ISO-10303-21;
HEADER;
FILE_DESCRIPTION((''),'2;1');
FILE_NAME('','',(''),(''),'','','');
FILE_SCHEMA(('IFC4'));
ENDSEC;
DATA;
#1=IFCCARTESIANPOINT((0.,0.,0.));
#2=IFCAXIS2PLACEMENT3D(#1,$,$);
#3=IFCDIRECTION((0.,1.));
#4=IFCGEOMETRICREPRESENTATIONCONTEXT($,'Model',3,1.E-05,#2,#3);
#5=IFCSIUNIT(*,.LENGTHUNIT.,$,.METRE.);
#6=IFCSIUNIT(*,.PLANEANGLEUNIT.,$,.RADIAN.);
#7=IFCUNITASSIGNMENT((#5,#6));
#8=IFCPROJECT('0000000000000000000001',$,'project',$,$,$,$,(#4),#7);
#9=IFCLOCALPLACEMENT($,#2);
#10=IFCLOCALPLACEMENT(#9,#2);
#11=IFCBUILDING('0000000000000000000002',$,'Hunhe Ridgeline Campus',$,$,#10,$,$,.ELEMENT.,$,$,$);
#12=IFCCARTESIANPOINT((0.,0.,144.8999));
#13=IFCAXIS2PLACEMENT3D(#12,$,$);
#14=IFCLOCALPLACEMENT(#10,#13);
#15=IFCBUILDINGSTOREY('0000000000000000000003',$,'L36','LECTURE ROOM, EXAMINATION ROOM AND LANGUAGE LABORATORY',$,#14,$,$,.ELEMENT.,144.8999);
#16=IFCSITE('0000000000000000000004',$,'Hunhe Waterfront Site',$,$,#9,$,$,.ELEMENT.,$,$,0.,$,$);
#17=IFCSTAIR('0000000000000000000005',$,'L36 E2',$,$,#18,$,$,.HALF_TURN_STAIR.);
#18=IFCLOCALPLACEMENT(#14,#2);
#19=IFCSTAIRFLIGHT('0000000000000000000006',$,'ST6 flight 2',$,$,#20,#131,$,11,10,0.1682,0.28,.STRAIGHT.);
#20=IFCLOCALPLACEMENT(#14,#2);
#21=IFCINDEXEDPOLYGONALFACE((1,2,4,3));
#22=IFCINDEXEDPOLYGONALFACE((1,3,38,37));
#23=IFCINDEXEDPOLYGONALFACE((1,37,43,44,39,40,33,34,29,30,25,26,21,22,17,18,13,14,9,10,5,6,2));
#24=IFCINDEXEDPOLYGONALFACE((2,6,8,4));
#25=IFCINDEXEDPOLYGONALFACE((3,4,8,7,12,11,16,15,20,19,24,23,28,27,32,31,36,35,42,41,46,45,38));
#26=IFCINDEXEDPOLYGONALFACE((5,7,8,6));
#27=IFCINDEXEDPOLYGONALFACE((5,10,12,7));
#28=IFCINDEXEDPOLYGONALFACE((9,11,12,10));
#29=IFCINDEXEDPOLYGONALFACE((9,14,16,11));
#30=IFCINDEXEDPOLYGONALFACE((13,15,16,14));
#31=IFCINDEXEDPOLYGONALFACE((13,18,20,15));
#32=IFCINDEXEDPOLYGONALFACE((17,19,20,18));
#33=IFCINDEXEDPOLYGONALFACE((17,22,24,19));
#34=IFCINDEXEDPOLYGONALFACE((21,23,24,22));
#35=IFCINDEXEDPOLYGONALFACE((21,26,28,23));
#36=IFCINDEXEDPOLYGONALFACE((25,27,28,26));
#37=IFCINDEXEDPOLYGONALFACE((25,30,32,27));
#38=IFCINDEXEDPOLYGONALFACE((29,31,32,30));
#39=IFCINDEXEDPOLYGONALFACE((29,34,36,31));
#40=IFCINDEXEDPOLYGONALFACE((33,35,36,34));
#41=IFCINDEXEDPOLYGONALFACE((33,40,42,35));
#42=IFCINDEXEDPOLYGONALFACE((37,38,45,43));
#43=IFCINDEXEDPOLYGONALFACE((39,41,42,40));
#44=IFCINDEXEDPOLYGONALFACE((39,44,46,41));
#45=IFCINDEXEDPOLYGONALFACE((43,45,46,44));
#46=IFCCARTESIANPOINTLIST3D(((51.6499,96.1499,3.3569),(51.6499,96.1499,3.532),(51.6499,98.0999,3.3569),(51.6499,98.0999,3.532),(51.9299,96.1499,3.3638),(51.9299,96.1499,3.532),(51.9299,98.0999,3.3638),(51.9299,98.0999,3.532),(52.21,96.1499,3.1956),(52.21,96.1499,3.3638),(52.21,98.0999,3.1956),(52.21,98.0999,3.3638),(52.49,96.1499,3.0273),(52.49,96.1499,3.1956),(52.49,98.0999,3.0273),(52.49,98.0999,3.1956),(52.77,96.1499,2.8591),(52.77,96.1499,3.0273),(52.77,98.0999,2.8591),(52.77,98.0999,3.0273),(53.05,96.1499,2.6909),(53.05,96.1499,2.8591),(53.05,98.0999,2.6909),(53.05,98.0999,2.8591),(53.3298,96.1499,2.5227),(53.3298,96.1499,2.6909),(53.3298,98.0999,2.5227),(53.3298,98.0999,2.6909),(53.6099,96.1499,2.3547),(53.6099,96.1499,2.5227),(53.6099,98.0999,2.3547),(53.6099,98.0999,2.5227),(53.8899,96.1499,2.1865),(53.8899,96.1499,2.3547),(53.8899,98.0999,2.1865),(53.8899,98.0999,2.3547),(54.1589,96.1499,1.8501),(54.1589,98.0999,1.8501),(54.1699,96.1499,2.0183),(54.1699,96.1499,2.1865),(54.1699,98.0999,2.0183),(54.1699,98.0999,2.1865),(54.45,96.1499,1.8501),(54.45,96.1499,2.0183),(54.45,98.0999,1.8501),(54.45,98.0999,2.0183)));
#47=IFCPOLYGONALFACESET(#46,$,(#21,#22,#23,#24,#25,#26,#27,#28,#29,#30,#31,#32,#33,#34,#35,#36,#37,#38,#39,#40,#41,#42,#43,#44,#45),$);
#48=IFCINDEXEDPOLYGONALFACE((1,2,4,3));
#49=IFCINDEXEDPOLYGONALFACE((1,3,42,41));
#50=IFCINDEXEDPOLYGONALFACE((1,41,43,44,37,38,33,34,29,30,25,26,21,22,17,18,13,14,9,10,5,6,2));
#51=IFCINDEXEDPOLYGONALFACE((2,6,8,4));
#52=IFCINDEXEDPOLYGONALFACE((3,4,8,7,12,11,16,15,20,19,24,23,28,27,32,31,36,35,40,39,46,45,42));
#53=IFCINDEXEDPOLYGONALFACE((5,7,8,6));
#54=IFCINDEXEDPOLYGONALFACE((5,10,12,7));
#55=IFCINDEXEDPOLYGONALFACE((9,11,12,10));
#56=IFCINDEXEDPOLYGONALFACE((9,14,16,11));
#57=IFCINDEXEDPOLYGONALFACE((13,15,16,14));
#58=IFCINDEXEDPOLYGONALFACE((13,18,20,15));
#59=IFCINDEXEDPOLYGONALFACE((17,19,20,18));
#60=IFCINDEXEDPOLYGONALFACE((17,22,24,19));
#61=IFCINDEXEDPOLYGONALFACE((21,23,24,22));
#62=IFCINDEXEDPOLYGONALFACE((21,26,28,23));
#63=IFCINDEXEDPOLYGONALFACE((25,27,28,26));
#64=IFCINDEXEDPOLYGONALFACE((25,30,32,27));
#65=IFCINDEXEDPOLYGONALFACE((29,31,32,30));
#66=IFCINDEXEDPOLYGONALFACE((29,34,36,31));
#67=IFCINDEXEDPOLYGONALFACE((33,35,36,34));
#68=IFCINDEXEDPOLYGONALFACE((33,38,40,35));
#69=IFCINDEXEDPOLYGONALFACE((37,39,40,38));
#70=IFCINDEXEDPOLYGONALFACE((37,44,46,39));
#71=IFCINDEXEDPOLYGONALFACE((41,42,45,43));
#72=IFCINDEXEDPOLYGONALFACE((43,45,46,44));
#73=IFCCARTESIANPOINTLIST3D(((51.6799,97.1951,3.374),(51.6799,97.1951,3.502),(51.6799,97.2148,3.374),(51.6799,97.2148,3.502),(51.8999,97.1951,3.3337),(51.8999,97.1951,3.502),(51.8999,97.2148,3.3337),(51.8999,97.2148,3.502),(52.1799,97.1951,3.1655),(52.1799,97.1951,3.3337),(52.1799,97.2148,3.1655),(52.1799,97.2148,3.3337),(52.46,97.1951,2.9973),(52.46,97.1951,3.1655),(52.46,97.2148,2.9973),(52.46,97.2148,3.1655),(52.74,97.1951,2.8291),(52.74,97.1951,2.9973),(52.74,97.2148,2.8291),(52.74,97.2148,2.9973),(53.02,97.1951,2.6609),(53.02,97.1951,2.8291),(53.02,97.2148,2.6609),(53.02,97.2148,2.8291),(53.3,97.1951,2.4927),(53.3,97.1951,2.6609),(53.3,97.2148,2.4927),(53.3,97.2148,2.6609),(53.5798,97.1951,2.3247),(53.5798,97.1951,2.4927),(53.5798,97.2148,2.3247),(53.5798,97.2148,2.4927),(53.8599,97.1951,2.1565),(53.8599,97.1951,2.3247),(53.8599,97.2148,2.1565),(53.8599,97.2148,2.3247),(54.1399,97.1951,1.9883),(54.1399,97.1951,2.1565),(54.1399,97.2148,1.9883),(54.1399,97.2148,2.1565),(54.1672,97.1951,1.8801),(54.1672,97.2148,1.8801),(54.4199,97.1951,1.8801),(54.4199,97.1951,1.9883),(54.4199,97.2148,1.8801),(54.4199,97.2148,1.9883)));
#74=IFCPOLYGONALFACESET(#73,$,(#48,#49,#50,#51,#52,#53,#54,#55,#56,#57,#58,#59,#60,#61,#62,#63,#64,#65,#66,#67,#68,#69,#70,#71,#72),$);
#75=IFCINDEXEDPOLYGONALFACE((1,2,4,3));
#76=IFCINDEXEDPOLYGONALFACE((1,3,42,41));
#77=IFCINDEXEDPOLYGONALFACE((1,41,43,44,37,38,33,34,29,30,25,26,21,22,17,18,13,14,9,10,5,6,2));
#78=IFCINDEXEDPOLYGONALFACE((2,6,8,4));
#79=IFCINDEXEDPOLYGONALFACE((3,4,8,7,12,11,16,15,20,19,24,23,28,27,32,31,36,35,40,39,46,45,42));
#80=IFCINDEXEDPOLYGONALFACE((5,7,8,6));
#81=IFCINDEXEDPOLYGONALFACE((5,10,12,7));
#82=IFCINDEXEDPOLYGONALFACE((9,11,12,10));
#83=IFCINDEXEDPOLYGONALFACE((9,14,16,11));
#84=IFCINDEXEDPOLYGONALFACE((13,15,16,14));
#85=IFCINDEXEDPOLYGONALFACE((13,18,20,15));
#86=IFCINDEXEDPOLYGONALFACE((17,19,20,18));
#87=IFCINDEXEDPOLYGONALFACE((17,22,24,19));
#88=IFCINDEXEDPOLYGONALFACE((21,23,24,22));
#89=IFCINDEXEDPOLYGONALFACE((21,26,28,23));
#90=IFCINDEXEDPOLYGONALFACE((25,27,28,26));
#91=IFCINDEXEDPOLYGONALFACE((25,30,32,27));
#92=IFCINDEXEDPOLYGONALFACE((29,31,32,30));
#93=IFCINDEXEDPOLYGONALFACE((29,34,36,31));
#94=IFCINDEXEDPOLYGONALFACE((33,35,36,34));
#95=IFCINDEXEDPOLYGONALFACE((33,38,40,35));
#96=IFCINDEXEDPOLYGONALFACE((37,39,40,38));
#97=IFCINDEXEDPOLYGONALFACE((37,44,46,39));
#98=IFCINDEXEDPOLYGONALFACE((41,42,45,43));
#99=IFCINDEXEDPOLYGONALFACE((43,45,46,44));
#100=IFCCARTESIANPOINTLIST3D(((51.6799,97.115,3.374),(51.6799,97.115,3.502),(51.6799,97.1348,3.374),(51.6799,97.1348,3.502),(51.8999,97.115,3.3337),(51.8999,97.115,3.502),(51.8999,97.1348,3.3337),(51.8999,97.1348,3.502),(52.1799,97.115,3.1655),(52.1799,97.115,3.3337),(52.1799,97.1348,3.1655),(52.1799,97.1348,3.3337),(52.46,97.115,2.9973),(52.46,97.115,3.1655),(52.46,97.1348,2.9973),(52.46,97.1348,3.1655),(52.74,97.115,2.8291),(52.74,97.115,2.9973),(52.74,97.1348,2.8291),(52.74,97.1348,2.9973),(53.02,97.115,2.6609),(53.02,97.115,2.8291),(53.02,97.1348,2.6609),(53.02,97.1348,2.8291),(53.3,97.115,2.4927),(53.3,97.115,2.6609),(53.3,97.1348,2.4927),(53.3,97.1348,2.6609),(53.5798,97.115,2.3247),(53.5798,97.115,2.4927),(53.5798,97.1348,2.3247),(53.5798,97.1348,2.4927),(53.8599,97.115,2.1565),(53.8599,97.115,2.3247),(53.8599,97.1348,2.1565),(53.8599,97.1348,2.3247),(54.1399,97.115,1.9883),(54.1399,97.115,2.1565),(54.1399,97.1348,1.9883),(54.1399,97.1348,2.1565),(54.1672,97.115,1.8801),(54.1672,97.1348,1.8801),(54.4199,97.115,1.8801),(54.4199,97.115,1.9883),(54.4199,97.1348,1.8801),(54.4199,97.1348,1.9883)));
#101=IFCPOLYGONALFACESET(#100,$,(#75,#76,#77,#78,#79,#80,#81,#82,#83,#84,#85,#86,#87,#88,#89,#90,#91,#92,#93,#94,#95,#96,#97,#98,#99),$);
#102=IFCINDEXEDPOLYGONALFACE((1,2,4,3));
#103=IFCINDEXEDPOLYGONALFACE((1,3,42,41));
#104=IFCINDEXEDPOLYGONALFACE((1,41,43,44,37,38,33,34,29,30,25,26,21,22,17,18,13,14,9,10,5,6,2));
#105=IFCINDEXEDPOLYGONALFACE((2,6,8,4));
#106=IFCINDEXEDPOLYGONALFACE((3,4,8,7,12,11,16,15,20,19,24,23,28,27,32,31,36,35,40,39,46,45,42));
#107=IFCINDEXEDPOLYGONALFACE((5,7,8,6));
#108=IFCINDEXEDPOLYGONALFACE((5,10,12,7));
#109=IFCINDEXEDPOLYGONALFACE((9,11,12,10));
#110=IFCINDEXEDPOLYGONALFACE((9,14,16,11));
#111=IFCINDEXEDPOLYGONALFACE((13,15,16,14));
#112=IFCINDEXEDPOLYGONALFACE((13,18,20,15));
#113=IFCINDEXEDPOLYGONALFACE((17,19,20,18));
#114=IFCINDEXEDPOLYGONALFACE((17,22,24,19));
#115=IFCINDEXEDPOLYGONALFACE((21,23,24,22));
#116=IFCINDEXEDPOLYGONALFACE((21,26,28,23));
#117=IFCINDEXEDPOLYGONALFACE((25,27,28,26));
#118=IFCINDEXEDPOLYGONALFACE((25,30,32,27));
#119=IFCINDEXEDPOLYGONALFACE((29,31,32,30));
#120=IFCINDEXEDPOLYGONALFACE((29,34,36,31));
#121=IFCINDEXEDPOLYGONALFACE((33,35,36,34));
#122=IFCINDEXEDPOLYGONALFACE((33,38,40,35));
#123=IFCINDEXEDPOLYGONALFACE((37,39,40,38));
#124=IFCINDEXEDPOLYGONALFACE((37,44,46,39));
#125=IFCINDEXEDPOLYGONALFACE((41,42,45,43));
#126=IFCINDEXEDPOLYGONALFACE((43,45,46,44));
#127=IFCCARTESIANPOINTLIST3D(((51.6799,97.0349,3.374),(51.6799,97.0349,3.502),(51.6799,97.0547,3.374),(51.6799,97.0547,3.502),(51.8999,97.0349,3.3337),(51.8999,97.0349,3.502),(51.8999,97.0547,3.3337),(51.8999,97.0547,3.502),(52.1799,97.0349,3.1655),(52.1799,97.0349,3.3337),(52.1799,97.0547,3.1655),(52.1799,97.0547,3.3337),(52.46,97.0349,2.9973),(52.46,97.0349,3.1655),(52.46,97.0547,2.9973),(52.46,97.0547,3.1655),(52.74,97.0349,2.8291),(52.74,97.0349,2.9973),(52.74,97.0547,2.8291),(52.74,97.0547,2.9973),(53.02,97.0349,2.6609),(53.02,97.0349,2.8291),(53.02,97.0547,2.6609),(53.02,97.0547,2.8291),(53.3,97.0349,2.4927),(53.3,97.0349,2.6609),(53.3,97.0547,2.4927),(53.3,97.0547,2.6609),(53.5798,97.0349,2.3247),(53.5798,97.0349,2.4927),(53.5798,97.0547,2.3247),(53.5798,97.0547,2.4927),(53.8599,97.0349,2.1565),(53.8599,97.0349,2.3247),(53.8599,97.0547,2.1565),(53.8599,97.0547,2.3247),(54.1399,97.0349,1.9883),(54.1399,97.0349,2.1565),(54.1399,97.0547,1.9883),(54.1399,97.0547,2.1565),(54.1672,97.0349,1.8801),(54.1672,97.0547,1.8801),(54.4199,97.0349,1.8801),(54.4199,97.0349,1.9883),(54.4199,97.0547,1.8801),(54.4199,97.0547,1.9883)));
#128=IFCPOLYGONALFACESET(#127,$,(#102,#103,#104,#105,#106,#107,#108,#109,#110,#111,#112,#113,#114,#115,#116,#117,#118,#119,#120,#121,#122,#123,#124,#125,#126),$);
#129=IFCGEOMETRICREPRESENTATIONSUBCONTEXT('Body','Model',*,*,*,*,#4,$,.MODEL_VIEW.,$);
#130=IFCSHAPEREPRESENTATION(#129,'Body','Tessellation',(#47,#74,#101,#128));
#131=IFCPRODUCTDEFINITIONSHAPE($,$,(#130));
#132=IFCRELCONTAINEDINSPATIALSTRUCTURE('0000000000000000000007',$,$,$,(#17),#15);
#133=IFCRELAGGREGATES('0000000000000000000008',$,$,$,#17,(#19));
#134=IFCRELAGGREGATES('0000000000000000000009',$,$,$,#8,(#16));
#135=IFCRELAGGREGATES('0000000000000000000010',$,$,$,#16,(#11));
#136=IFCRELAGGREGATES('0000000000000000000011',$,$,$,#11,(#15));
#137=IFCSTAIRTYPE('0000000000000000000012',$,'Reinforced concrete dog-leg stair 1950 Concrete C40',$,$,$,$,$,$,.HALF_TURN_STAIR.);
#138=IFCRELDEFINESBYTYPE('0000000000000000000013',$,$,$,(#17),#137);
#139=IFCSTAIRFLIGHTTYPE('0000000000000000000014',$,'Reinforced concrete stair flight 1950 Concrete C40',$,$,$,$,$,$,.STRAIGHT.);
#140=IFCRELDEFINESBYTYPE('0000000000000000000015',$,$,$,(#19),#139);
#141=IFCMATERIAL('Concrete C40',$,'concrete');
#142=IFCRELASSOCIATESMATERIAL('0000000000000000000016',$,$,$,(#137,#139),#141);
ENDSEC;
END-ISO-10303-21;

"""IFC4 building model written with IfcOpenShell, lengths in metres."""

from ifc_helpers import new_model, si_unit, direction, frame, origin, place, context, subcontext, project, spatial, polyline, outline, extrude, material, type_object, element, aggregate, save


model = new_model("IFC4")

# Units and contexts
model_context = context("Model", 3, precision=1e-05, world=origin(), true_north=direction((0.0, 1.0)))
body_context = subcontext(model_context, "Body", "Model", "MODEL_VIEW")
ifc_project = project(units=[si_unit("LENGTHUNIT", "METRE"), si_unit("PLANEANGLEUNIT", "RADIAN")], contexts=[model_context])

# Site, building, storey
site_placement = place(None, origin())
site = spatial("IfcSite", under=ifc_project, at=site_placement, Name="Hunhe Waterfront Site", CompositionType="ELEMENT", RefElevation=0.0)
building_placement = place(site_placement, origin())
building = spatial("IfcBuilding", under=site, at=building_placement, Name="Hunhe Ridgeline Campus", CompositionType="ELEMENT")
storey_placement = place(building_placement, frame((0.0, 0.0, 144.8999)))
storey = spatial("IfcBuildingStorey", under=building, at=storey_placement, Name="L36", Description="LECTURE ROOM, EXAMINATION ROOM AND LANGUAGE LABORATORY", CompositionType="ELEMENT", Elevation=144.8999)

# Shared definitions
ifc_material_1 = material(Name="Concrete C40", Category="concrete")
stair_type = type_object("IfcStairType", Name="Reinforced concrete dog-leg stair 1950 Concrete C40", PredefinedType="HALF_TURN_STAIR", material=ifc_material_1)
stair_flight_type = type_object("IfcStairFlightType", Name="Reinforced concrete stair flight 1950 Concrete C40", PredefinedType="STRAIGHT", material=ifc_material_1)

# Stair, stair flight
stair_1_placement = place(storey_placement, origin())
stair_1 = element("IfcStair", 1, at=stair_1_placement, inside=storey, type_object=stair_type, Name="L36 E2", PredefinedType="HALF_TURN_STAIR")
stair_flight_1_placement = place(storey_placement, frame((54.45, 97.125, 1.8501), z_axis=(0.0, 0.0, 1.0), x_axis=(-1.0, 0.0, 0.0)))
stair_flight_1 = element("IfcStairFlight", 2, at=stair_flight_1_placement, type_object=stair_flight_type, Name="ST6 flight 2", NumberOfRisers=11, NumberOfTreads=10, PredefinedType="STRAIGHT", RiserHeight=0.1682, TreadLength=0.28, context=body_context, shape_type="SweptSolid", body=[
    extrude(outline(polyline([(0.0, 0.0), (0.0, 0.1682), (0.28, 0.1682), (0.28, 0.3364), (0.5601, 0.3364), (0.5601, 0.5046), (0.8401, 0.5046), (0.8401, 0.6726), (1.1201, 0.6726), (1.1201, 0.8408), (1.3999, 0.8408), (1.3999, 1.009), (1.6799, 1.009), (1.6799, 1.1772), (1.96, 1.1772), (1.96, 1.3455), (2.24, 1.3455), (2.24, 1.5137), (2.52, 1.5137), (2.52, 1.6819), (2.8, 1.6819), (2.8, 1.8501), (2.8, 1.5068), (0.291, 0.0), (0.0, 0.0)])), frame((0.0, 0.9751, 0.0), z_axis=(0.0, -1.0, 0.0), x_axis=(1.0, 0.0, 0.0)), (0.0, 0.0, 1.0), 1.95),
    extrude(outline(polyline([(0.03, 0.03), (0.03, 0.1382), (0.3101, 0.1382), (0.3101, 0.3064), (0.5901, 0.3064), (0.5901, 0.4746), (0.8701, 0.4746), (0.8701, 0.6426), (1.1499, 0.6426), (1.1499, 0.8108), (1.4299, 0.8108), (1.4299, 0.979), (1.71, 0.979), (1.71, 1.1472), (1.99, 1.1472), (1.99, 1.3154), (2.27, 1.3154), (2.27, 1.4836), (2.55, 1.4836), (2.55, 1.6519), (2.77, 1.6519), (2.77, 1.5239), (0.2827, 0.03), (0.03, 0.03)])), frame((0.0, -0.0701, 0.0), z_axis=(0.0, -1.0, 0.0), x_axis=(1.0, 0.0, 0.0)), (0.0, 0.0, 1.0), 0.0198),
    extrude(outline(polyline([(0.03, 0.03), (0.03, 0.1382), (0.3101, 0.1382), (0.3101, 0.3064), (0.5901, 0.3064), (0.5901, 0.4746), (0.8701, 0.4746), (0.8701, 0.6426), (1.1499, 0.6426), (1.1499, 0.8108), (1.4299, 0.8108), (1.4299, 0.979), (1.71, 0.979), (1.71, 1.1472), (1.99, 1.1472), (1.99, 1.3154), (2.27, 1.3154), (2.27, 1.4836), (2.55, 1.4836), (2.55, 1.6519), (2.77, 1.6519), (2.77, 1.5239), (0.2827, 0.03), (0.03, 0.03)])), frame((0.0, 0.01, 0.0), z_axis=(0.0, -1.0, 0.0), x_axis=(1.0, 0.0, 0.0)), (0.0, 0.0, 1.0), 0.0198),
    extrude(outline(polyline([(0.03, 0.03), (0.03, 0.1382), (0.3101, 0.1382), (0.3101, 0.3064), (0.5901, 0.3064), (0.5901, 0.4746), (0.8701, 0.4746), (0.8701, 0.6426), (1.1499, 0.6426), (1.1499, 0.8108), (1.4299, 0.8108), (1.4299, 0.979), (1.71, 0.979), (1.71, 1.1472), (1.99, 1.1472), (1.99, 1.3154), (2.27, 1.3154), (2.27, 1.4836), (2.55, 1.4836), (2.55, 1.6519), (2.77, 1.6519), (2.77, 1.5239), (0.2827, 0.03), (0.03, 0.03)])), frame((0.0, 0.0901, 0.0), z_axis=(0.0, -1.0, 0.0), x_axis=(1.0, 0.0, 0.0)), (0.0, 0.0, 1.0), 0.0198),
])
aggregate(stair_1, [stair_flight_1])

save(model, "model.ifc")
